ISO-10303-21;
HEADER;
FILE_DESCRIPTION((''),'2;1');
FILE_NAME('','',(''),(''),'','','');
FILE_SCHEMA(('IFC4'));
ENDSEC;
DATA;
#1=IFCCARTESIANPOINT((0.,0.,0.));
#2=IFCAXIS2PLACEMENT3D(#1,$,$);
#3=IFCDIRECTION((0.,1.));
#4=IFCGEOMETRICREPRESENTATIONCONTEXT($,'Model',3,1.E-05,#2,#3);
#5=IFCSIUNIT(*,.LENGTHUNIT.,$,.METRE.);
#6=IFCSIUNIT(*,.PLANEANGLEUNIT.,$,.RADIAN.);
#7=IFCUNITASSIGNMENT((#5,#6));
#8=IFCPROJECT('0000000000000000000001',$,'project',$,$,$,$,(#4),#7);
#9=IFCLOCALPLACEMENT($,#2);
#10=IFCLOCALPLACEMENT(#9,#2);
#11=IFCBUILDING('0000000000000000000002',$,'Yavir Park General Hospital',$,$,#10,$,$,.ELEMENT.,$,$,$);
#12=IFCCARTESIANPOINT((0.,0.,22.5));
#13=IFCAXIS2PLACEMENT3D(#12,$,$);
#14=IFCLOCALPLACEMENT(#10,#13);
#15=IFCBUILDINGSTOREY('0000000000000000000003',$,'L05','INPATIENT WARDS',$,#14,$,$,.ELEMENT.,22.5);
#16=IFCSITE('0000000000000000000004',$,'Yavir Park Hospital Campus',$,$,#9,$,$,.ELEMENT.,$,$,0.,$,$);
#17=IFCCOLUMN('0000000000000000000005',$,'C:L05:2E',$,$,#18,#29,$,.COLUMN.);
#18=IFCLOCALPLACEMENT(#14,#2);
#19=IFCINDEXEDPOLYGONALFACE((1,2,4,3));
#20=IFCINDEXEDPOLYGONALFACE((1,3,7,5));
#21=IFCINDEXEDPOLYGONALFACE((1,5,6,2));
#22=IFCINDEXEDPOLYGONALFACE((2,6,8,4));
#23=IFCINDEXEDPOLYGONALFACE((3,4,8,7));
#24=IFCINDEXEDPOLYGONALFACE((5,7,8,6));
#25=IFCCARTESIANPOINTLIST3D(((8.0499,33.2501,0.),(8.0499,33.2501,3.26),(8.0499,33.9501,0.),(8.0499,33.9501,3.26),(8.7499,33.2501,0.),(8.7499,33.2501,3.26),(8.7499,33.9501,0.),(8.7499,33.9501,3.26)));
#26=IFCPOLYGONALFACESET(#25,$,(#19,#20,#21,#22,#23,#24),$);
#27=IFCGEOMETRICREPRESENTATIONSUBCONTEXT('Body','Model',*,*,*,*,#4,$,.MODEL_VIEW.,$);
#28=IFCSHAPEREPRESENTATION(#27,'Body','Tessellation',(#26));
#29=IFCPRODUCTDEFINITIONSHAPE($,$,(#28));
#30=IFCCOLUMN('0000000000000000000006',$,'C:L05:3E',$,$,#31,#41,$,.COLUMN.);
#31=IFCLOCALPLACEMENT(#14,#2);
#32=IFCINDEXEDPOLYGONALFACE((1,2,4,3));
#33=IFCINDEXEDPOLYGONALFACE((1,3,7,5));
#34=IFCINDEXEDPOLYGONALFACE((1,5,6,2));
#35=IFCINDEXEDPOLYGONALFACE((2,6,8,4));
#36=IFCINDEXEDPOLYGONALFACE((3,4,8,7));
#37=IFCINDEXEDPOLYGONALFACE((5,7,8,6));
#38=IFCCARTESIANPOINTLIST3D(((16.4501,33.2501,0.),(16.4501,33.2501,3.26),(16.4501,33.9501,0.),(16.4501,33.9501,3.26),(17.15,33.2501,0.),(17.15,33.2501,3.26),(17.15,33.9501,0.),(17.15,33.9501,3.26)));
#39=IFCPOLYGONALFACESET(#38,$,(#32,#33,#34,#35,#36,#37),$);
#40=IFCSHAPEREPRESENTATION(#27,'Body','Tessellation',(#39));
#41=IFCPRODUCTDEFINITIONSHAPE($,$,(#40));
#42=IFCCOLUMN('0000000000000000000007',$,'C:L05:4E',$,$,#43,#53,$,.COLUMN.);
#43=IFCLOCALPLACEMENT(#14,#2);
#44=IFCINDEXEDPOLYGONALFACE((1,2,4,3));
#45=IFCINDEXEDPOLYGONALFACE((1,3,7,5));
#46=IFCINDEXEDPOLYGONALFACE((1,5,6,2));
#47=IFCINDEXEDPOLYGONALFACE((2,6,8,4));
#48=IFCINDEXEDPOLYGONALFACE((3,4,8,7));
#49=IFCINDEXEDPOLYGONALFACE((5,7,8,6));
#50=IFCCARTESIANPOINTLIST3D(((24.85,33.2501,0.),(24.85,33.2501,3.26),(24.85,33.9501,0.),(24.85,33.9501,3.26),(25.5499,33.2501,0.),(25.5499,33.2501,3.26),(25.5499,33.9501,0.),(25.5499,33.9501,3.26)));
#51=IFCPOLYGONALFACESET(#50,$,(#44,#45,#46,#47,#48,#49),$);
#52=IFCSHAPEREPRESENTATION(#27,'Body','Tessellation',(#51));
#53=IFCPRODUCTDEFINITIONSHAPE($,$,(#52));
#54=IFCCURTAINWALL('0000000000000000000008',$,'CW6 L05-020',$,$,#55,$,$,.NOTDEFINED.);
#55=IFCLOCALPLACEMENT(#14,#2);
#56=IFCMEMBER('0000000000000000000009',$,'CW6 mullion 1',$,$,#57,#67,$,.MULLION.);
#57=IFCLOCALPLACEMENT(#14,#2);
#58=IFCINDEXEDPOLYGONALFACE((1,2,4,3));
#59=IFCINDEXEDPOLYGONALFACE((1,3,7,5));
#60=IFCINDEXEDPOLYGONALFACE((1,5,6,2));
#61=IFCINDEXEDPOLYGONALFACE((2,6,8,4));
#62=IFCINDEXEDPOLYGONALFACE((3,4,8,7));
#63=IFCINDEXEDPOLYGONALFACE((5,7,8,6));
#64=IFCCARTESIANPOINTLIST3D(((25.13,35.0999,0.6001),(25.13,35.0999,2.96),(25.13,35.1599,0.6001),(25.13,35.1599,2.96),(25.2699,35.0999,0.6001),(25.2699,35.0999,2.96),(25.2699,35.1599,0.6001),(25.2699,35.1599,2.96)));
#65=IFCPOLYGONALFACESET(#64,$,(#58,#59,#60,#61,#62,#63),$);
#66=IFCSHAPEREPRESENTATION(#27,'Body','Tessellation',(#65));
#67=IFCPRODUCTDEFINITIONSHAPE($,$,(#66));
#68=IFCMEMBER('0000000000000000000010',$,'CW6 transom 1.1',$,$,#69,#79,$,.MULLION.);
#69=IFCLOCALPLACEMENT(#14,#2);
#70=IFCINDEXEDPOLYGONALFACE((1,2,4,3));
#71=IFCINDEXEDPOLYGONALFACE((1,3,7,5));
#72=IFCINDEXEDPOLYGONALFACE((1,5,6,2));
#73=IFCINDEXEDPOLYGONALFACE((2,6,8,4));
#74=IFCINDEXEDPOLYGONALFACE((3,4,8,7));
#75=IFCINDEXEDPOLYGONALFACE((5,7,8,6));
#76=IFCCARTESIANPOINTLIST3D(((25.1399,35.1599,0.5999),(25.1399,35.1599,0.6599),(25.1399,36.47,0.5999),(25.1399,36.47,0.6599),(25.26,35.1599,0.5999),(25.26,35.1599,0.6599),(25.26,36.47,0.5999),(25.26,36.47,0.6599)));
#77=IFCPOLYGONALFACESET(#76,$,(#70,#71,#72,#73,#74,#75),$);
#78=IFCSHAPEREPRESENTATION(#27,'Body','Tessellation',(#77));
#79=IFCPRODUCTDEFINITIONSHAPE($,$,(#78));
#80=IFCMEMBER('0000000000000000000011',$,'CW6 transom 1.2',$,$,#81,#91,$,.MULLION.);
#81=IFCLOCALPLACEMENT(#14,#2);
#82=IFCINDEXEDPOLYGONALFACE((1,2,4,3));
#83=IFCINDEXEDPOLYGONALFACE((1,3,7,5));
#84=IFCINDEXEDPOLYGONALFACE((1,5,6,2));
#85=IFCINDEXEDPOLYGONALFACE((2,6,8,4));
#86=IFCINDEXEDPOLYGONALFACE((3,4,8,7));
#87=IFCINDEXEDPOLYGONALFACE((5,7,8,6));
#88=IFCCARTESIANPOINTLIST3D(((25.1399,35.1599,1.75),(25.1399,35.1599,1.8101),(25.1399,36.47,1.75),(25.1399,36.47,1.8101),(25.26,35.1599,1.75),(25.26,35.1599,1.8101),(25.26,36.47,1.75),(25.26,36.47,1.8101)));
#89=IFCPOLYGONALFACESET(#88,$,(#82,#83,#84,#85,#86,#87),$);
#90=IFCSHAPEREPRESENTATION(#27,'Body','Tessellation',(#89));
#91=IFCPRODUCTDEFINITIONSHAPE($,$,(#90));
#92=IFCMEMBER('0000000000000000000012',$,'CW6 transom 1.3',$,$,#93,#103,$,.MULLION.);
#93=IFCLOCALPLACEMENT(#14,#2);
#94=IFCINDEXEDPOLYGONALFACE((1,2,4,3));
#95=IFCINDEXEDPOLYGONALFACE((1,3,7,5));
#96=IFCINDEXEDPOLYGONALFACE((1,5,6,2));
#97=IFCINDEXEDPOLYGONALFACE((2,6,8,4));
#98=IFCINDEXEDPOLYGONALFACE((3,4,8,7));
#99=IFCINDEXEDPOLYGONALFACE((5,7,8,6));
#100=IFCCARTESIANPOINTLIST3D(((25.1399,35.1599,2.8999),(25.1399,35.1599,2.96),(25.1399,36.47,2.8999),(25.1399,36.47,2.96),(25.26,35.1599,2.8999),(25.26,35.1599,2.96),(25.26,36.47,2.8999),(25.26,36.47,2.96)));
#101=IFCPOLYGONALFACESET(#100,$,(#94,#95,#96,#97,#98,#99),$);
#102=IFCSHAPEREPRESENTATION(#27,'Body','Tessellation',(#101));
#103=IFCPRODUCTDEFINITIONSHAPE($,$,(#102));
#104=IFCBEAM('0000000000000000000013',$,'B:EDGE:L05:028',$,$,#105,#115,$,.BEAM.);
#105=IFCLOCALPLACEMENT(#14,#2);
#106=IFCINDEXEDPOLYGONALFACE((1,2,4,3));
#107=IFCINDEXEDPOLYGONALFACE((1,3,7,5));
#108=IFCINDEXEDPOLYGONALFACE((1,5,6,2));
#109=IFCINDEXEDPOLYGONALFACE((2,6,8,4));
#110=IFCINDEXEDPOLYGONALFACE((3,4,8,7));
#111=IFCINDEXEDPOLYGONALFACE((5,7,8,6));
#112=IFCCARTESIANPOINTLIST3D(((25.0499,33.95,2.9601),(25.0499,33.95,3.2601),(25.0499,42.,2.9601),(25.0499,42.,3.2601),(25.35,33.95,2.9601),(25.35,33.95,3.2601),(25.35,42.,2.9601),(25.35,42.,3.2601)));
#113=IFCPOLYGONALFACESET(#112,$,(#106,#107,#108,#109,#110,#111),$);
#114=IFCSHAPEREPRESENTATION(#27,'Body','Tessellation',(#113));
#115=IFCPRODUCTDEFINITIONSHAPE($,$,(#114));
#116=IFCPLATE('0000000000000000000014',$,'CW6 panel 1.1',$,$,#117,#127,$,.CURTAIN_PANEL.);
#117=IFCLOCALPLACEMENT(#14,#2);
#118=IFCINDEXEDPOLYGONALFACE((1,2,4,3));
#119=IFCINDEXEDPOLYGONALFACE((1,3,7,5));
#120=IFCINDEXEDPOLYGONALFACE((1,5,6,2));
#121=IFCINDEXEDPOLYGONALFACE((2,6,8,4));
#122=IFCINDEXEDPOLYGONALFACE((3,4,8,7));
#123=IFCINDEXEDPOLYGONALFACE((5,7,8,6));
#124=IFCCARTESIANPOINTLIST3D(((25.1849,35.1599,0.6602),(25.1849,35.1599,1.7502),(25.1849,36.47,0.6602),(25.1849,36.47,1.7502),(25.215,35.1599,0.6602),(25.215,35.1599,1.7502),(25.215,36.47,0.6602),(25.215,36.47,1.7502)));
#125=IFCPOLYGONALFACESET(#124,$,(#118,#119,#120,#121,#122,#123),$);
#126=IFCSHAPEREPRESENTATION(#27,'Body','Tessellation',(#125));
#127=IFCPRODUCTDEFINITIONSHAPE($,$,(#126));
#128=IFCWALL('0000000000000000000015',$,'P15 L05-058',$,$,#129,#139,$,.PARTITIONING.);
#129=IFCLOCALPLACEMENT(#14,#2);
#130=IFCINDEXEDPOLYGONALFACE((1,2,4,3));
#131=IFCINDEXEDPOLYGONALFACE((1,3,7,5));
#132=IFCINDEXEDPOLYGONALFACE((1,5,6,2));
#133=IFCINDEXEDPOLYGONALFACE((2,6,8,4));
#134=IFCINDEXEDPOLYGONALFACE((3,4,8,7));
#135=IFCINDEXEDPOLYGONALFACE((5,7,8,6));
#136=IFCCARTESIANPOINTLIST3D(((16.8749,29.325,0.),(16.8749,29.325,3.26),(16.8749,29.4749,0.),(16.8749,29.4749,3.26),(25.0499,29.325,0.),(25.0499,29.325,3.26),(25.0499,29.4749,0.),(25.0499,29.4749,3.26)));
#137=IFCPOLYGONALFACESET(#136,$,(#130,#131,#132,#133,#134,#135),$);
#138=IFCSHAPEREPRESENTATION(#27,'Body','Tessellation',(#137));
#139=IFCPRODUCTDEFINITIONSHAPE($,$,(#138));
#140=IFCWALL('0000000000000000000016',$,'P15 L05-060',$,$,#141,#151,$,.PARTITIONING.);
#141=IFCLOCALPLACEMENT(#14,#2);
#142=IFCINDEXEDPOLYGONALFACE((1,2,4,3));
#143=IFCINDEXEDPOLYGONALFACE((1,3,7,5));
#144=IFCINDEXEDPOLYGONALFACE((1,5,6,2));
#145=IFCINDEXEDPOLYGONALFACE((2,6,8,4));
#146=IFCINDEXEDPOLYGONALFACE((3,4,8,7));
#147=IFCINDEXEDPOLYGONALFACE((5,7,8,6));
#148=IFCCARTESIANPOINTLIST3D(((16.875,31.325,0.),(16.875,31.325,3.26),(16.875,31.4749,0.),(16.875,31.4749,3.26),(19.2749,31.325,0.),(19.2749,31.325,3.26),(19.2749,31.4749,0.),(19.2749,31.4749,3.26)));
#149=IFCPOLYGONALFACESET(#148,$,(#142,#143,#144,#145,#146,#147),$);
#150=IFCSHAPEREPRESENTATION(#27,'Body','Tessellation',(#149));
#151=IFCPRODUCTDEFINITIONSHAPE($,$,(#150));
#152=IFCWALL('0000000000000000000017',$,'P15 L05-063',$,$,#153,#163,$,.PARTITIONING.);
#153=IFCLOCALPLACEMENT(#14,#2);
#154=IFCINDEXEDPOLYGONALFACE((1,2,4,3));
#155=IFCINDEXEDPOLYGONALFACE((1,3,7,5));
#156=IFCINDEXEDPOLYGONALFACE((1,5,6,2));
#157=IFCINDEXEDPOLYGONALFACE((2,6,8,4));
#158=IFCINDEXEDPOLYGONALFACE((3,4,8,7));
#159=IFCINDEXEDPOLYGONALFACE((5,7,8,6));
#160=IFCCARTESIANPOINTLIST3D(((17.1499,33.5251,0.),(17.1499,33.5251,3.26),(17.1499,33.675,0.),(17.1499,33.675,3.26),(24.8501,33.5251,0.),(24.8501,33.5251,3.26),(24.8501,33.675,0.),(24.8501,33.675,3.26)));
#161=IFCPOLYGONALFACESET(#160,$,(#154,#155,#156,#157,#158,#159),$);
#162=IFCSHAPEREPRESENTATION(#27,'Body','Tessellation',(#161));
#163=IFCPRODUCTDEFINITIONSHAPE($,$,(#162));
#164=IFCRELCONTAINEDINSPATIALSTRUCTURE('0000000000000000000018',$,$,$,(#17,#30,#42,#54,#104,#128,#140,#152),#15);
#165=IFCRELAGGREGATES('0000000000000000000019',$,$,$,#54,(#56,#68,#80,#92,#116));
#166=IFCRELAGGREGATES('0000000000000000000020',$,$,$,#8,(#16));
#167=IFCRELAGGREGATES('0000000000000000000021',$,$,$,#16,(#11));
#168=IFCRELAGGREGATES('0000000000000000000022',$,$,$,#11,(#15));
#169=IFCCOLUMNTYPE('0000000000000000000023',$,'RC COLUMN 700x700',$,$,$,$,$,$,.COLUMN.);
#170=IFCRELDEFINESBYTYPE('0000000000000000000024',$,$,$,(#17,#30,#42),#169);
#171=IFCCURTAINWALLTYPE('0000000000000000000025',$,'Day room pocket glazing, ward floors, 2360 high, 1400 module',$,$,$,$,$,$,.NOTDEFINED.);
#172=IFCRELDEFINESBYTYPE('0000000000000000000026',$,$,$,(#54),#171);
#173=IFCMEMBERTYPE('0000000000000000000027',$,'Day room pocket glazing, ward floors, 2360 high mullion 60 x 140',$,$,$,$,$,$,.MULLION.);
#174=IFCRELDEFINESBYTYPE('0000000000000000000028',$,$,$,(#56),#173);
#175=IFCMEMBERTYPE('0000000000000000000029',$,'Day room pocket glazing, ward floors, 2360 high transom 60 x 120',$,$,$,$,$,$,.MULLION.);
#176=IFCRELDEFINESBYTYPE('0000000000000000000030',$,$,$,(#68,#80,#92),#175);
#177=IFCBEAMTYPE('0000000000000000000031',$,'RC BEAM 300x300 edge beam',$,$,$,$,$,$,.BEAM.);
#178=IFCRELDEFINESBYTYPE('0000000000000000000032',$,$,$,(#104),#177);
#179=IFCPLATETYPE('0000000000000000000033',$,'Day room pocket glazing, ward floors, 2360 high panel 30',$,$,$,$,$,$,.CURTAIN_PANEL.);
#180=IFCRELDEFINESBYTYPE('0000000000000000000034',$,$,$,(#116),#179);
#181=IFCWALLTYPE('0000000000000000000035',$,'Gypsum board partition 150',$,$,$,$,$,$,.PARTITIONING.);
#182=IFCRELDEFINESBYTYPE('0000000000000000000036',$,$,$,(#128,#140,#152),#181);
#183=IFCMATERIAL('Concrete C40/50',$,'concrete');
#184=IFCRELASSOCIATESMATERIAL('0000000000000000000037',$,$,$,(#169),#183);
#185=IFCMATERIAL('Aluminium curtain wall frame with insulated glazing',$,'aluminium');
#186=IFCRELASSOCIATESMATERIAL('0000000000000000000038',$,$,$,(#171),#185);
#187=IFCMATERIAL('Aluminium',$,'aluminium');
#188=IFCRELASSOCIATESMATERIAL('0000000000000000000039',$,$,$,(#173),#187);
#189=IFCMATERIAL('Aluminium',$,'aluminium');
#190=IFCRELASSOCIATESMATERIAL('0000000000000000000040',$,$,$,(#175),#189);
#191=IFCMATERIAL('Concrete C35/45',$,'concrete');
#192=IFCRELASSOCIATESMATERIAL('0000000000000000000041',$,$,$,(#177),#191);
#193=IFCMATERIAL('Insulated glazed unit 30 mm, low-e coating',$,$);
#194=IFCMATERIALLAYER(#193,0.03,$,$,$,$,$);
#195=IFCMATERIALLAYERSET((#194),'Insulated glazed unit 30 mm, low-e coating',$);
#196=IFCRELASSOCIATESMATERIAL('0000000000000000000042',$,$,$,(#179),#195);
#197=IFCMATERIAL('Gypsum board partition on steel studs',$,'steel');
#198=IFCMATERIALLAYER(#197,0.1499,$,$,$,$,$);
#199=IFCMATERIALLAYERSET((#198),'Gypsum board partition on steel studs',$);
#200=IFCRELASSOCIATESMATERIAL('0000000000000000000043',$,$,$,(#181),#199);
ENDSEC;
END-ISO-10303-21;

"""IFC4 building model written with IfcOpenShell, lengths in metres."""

from ifc_helpers import new_model, si_unit, direction, frame, frame_2d, origin, origin_2d, place, context, subcontext, project, spatial, rectangle, extrude, material, layer, layer_set, material_profile, profile_set, type_object, element, aggregate, save


model = new_model("IFC4")

# Units and contexts
model_context = context("Model", 3, precision=1e-05, world=origin(), true_north=direction((0.0, 1.0)))
body_context = subcontext(model_context, "Body", "Model", "MODEL_VIEW")
ifc_project = project(units=[si_unit("LENGTHUNIT", "METRE"), si_unit("PLANEANGLEUNIT", "RADIAN")], contexts=[model_context])

# Site, building, storey
site_placement = place(None, origin())
site = spatial("IfcSite", under=ifc_project, at=site_placement, Name="Yavir Park Hospital Campus", CompositionType="ELEMENT", RefElevation=0.0)
building_placement = place(site_placement, origin())
building = spatial("IfcBuilding", under=site, at=building_placement, Name="Yavir Park General Hospital", CompositionType="ELEMENT")
storey_placement = place(building_placement, frame((0.0, 0.0, 22.5)))
storey = spatial("IfcBuildingStorey", under=building, at=storey_placement, Name="L05", Description="INPATIENT WARDS", CompositionType="ELEMENT", Elevation=22.5)

# Columns
ifc_material_1 = material(Name="Concrete C40/50", Category="concrete")
ifc_material_profile_1 = material_profile(ifc_material_1, rectangle(XDim=0.7, YDim=0.7, at=origin_2d()), Name="RC700x700")
ifc_profile_set_1 = profile_set([ifc_material_profile_1], Name="Concrete C40/50")
column_type = type_object("IfcColumnType", Name="RC COLUMN 700x700", PredefinedType="COLUMN", material=ifc_profile_set_1)
for number, where, z_axis, x_axis, name in (
    (1, (8.3999, 33.6001, 0.0), (0.0, 0.0, 1.0), (1.0, 0.0, 0.0), "C:L05:2E"),
    (2, (16.8, 33.6001, 0.0), (0.0, 0.0, 1.0), (1.0, 0.0, 0.0), "C:L05:3E"),
    (3, (25.2, 33.6001, 0.0), (0.0, 0.0, 1.0), (1.0, 0.0, 0.0), "C:L05:4E"),
):
    element("IfcColumn", number, at=place(storey_placement, frame(where, z_axis=z_axis, x_axis=x_axis)), inside=storey, type_object=column_type, Name=name, PredefinedType="COLUMN", context=body_context, shape_type="SweptSolid", body=[
        extrude(rectangle(XDim=0.7, YDim=0.7, at=origin_2d()), origin(), (0.0, 0.0, 1.0), 3.26),
    ])

# Curtain wall, members
ifc_material_2 = material(Name="Aluminium curtain wall frame with insulated glazing", Category="aluminium")
curtain_wall_type = type_object("IfcCurtainWallType", Name="Day room pocket glazing, ward floors, 2360 high, 1400 module", PredefinedType="NOTDEFINED", material=ifc_material_2)
curtain_wall_placement = place(storey_placement, origin())
curtain_wall = element("IfcCurtainWall", 4, at=curtain_wall_placement, inside=storey, type_object=curtain_wall_type, Name="CW6 L05-020", PredefinedType="NOTDEFINED")
ifc_material_3 = material(Name="Aluminium", Category="aluminium")
ifc_material_profile_2 = material_profile(ifc_material_3, rectangle(XDim=0.1399, YDim=0.0601, at=origin_2d()), Name="AL 60x140")
ifc_profile_set_2 = profile_set([ifc_material_profile_2], Name="Aluminium")
member_type_1 = type_object("IfcMemberType", Name="Day room pocket glazing, ward floors, 2360 high mullion 60 x 140", PredefinedType="MULLION", material=ifc_profile_set_2)
member_1_placement = place(storey_placement, frame((25.2, 35.1299, 0.6001), z_axis=(0.0, 0.0, 1.0), x_axis=(-1.0, 0.0, 0.0)))
member_1 = element("IfcMember", 5, at=member_1_placement, type_object=member_type_1, Name="CW6 mullion 1", PredefinedType="MULLION", context=body_context, shape_type="SweptSolid", body=[
    extrude(rectangle(XDim=0.1399, YDim=0.0601, at=origin_2d()), origin(), (0.0, 0.0, 1.0), 2.3599),
])
ifc_material_4 = material(Name="Aluminium", Category="aluminium")
ifc_material_profile_3 = material_profile(ifc_material_4, rectangle(XDim=0.1201, YDim=0.0601, at=origin_2d()), Name="AL 120x60")
ifc_profile_set_3 = profile_set([ifc_material_profile_3], Name="Aluminium")
member_type_2 = type_object("IfcMemberType", Name="Day room pocket glazing, ward floors, 2360 high transom 60 x 120", PredefinedType="MULLION", material=ifc_profile_set_3)
member_2_placement = place(storey_placement, frame((25.2, 35.1599, 0.6299), z_axis=(0.0, 1.0, 0.0), x_axis=(-1.0, 0.0, 0.0)))
member_2 = element("IfcMember", 6, at=member_2_placement, type_object=member_type_2, Name="CW6 transom 1.1", PredefinedType="MULLION", context=body_context, shape_type="SweptSolid", body=[
    extrude(rectangle(XDim=0.1201, YDim=0.0601, at=origin_2d()), origin(), (0.0, 0.0, 1.0), 1.3101),
])
member_3_placement = place(storey_placement, frame((25.2, 35.1599, 1.78), z_axis=(0.0, 1.0, 0.0), x_axis=(-1.0, 0.0, 0.0)))
member_3 = element("IfcMember", 7, at=member_3_placement, type_object=member_type_2, Name="CW6 transom 1.2", PredefinedType="MULLION", context=body_context, shape_type="SweptSolid", body=[
    extrude(rectangle(XDim=0.1201, YDim=0.0601, at=origin_2d()), origin(), (0.0, 0.0, 1.0), 1.3101),
])
member_4_placement = place(storey_placement, frame((25.2, 35.1599, 2.9299), z_axis=(0.0, 1.0, 0.0), x_axis=(-1.0, 0.0, 0.0)))
member_4 = element("IfcMember", 8, at=member_4_placement, type_object=member_type_2, Name="CW6 transom 1.3", PredefinedType="MULLION", context=body_context, shape_type="SweptSolid", body=[
    extrude(rectangle(XDim=0.1201, YDim=0.0601, at=origin_2d()), origin(), (0.0, 0.0, 1.0), 1.3101),
])

# Beam
ifc_material_5 = material(Name="Concrete C35/45", Category="concrete")
ifc_material_profile_4 = material_profile(ifc_material_5, rectangle(XDim=0.3, YDim=0.3, at=origin_2d()), Name="RC300x300")
ifc_profile_set_4 = profile_set([ifc_material_profile_4], Name="Concrete C35/45")
beam_type = type_object("IfcBeamType", Name="RC BEAM 300x300 edge beam", PredefinedType="BEAM", material=ifc_profile_set_4)
beam_placement = place(storey_placement, frame((25.2, 33.95, 3.1101), z_axis=(0.0, 1.0, 0.0), x_axis=(-1.0, 0.0, 0.0)))
element("IfcBeam", 9, at=beam_placement, inside=storey, type_object=beam_type, Name="B:EDGE:L05:028", PredefinedType="BEAM", context=body_context, shape_type="SweptSolid", body=[
    extrude(rectangle(XDim=0.3, YDim=0.3, at=origin_2d()), origin(), (0.0, 0.0, 1.0), 8.05),
])

# Plate
ifc_material_6 = material(Name="Insulated glazed unit 30 mm, low-e coating")
ifc_layer_1 = layer(ifc_material_6, 0.03)
ifc_layer_set_1 = layer_set([ifc_layer_1], Name="Insulated glazed unit 30 mm, low-e coating")
plate_type = type_object("IfcPlateType", Name="Day room pocket glazing, ward floors, 2360 high panel 30", PredefinedType="CURTAIN_PANEL", material=ifc_layer_set_1)
plate_placement = place(storey_placement, frame((25.2, 35.8149, 0.6602), z_axis=(0.0, 0.0, 1.0), x_axis=(0.0, 1.0, 0.0)))
plate = element("IfcPlate", 10, at=plate_placement, type_object=plate_type, Name="CW6 panel 1.1", PredefinedType="CURTAIN_PANEL", context=body_context, shape_type="SweptSolid", body=[
    extrude(rectangle(XDim=1.3101, YDim=0.03, at=origin_2d()), origin(), (0.0, 0.0, 1.0), 1.0901),
])
aggregate(curtain_wall, [member_1, member_2, member_3, member_4, plate])

# Walls
ifc_material_7 = material(Name="Gypsum board partition on steel studs", Category="steel")
ifc_layer_2 = layer(ifc_material_7, 0.1499)
ifc_layer_set_2 = layer_set([ifc_layer_2], Name="Gypsum board partition on steel studs")
wall_type_1 = type_object("IfcWallType", Name="Gypsum board partition 150", PredefinedType="PARTITIONING", material=ifc_layer_set_2)
wall_1_placement = place(storey_placement, frame((16.875, 29.3999, 0.0), z_axis=(0.0, 0.0, 1.0), x_axis=(1.0, 0.0, 0.0)))
element("IfcWall", 11, at=wall_1_placement, inside=storey, type_object=wall_type_1, Name="P15 L05-058", PredefinedType="PARTITIONING", context=body_context, shape_type="SweptSolid", body=[
    extrude(rectangle(XDim=8.175, YDim=0.1499, at=frame_2d((4.0874, 0.0))), origin(), (0.0, 0.0, 1.0), 3.26),
])
wall_2_placement = place(storey_placement, frame((16.875, 31.3999, 0.0), z_axis=(0.0, 0.0, 1.0), x_axis=(1.0, 0.0, 0.0)))
element("IfcWall", 12, at=wall_2_placement, inside=storey, type_object=wall_type_1, Name="P15 L05-060", PredefinedType="PARTITIONING", context=body_context, shape_type="SweptSolid", body=[
    extrude(rectangle(XDim=2.3999, YDim=0.1499, at=frame_2d((1.2, 0.0))), origin(), (0.0, 0.0, 1.0), 3.26),
])
wall_3_placement = place(storey_placement, frame((17.1499, 33.6001, 0.0), z_axis=(0.0, 0.0, 1.0), x_axis=(1.0, 0.0, 0.0)))
element("IfcWall", 13, at=wall_3_placement, inside=storey, type_object=wall_type_1, Name="P15 L05-063", PredefinedType="PARTITIONING", context=body_context, shape_type="SweptSolid", body=[
    extrude(rectangle(XDim=7.7002, YDim=0.1499, at=frame_2d((3.8501, 0.0))), origin(), (0.0, 0.0, 1.0), 3.26),
])

save(model, "model.ifc")
